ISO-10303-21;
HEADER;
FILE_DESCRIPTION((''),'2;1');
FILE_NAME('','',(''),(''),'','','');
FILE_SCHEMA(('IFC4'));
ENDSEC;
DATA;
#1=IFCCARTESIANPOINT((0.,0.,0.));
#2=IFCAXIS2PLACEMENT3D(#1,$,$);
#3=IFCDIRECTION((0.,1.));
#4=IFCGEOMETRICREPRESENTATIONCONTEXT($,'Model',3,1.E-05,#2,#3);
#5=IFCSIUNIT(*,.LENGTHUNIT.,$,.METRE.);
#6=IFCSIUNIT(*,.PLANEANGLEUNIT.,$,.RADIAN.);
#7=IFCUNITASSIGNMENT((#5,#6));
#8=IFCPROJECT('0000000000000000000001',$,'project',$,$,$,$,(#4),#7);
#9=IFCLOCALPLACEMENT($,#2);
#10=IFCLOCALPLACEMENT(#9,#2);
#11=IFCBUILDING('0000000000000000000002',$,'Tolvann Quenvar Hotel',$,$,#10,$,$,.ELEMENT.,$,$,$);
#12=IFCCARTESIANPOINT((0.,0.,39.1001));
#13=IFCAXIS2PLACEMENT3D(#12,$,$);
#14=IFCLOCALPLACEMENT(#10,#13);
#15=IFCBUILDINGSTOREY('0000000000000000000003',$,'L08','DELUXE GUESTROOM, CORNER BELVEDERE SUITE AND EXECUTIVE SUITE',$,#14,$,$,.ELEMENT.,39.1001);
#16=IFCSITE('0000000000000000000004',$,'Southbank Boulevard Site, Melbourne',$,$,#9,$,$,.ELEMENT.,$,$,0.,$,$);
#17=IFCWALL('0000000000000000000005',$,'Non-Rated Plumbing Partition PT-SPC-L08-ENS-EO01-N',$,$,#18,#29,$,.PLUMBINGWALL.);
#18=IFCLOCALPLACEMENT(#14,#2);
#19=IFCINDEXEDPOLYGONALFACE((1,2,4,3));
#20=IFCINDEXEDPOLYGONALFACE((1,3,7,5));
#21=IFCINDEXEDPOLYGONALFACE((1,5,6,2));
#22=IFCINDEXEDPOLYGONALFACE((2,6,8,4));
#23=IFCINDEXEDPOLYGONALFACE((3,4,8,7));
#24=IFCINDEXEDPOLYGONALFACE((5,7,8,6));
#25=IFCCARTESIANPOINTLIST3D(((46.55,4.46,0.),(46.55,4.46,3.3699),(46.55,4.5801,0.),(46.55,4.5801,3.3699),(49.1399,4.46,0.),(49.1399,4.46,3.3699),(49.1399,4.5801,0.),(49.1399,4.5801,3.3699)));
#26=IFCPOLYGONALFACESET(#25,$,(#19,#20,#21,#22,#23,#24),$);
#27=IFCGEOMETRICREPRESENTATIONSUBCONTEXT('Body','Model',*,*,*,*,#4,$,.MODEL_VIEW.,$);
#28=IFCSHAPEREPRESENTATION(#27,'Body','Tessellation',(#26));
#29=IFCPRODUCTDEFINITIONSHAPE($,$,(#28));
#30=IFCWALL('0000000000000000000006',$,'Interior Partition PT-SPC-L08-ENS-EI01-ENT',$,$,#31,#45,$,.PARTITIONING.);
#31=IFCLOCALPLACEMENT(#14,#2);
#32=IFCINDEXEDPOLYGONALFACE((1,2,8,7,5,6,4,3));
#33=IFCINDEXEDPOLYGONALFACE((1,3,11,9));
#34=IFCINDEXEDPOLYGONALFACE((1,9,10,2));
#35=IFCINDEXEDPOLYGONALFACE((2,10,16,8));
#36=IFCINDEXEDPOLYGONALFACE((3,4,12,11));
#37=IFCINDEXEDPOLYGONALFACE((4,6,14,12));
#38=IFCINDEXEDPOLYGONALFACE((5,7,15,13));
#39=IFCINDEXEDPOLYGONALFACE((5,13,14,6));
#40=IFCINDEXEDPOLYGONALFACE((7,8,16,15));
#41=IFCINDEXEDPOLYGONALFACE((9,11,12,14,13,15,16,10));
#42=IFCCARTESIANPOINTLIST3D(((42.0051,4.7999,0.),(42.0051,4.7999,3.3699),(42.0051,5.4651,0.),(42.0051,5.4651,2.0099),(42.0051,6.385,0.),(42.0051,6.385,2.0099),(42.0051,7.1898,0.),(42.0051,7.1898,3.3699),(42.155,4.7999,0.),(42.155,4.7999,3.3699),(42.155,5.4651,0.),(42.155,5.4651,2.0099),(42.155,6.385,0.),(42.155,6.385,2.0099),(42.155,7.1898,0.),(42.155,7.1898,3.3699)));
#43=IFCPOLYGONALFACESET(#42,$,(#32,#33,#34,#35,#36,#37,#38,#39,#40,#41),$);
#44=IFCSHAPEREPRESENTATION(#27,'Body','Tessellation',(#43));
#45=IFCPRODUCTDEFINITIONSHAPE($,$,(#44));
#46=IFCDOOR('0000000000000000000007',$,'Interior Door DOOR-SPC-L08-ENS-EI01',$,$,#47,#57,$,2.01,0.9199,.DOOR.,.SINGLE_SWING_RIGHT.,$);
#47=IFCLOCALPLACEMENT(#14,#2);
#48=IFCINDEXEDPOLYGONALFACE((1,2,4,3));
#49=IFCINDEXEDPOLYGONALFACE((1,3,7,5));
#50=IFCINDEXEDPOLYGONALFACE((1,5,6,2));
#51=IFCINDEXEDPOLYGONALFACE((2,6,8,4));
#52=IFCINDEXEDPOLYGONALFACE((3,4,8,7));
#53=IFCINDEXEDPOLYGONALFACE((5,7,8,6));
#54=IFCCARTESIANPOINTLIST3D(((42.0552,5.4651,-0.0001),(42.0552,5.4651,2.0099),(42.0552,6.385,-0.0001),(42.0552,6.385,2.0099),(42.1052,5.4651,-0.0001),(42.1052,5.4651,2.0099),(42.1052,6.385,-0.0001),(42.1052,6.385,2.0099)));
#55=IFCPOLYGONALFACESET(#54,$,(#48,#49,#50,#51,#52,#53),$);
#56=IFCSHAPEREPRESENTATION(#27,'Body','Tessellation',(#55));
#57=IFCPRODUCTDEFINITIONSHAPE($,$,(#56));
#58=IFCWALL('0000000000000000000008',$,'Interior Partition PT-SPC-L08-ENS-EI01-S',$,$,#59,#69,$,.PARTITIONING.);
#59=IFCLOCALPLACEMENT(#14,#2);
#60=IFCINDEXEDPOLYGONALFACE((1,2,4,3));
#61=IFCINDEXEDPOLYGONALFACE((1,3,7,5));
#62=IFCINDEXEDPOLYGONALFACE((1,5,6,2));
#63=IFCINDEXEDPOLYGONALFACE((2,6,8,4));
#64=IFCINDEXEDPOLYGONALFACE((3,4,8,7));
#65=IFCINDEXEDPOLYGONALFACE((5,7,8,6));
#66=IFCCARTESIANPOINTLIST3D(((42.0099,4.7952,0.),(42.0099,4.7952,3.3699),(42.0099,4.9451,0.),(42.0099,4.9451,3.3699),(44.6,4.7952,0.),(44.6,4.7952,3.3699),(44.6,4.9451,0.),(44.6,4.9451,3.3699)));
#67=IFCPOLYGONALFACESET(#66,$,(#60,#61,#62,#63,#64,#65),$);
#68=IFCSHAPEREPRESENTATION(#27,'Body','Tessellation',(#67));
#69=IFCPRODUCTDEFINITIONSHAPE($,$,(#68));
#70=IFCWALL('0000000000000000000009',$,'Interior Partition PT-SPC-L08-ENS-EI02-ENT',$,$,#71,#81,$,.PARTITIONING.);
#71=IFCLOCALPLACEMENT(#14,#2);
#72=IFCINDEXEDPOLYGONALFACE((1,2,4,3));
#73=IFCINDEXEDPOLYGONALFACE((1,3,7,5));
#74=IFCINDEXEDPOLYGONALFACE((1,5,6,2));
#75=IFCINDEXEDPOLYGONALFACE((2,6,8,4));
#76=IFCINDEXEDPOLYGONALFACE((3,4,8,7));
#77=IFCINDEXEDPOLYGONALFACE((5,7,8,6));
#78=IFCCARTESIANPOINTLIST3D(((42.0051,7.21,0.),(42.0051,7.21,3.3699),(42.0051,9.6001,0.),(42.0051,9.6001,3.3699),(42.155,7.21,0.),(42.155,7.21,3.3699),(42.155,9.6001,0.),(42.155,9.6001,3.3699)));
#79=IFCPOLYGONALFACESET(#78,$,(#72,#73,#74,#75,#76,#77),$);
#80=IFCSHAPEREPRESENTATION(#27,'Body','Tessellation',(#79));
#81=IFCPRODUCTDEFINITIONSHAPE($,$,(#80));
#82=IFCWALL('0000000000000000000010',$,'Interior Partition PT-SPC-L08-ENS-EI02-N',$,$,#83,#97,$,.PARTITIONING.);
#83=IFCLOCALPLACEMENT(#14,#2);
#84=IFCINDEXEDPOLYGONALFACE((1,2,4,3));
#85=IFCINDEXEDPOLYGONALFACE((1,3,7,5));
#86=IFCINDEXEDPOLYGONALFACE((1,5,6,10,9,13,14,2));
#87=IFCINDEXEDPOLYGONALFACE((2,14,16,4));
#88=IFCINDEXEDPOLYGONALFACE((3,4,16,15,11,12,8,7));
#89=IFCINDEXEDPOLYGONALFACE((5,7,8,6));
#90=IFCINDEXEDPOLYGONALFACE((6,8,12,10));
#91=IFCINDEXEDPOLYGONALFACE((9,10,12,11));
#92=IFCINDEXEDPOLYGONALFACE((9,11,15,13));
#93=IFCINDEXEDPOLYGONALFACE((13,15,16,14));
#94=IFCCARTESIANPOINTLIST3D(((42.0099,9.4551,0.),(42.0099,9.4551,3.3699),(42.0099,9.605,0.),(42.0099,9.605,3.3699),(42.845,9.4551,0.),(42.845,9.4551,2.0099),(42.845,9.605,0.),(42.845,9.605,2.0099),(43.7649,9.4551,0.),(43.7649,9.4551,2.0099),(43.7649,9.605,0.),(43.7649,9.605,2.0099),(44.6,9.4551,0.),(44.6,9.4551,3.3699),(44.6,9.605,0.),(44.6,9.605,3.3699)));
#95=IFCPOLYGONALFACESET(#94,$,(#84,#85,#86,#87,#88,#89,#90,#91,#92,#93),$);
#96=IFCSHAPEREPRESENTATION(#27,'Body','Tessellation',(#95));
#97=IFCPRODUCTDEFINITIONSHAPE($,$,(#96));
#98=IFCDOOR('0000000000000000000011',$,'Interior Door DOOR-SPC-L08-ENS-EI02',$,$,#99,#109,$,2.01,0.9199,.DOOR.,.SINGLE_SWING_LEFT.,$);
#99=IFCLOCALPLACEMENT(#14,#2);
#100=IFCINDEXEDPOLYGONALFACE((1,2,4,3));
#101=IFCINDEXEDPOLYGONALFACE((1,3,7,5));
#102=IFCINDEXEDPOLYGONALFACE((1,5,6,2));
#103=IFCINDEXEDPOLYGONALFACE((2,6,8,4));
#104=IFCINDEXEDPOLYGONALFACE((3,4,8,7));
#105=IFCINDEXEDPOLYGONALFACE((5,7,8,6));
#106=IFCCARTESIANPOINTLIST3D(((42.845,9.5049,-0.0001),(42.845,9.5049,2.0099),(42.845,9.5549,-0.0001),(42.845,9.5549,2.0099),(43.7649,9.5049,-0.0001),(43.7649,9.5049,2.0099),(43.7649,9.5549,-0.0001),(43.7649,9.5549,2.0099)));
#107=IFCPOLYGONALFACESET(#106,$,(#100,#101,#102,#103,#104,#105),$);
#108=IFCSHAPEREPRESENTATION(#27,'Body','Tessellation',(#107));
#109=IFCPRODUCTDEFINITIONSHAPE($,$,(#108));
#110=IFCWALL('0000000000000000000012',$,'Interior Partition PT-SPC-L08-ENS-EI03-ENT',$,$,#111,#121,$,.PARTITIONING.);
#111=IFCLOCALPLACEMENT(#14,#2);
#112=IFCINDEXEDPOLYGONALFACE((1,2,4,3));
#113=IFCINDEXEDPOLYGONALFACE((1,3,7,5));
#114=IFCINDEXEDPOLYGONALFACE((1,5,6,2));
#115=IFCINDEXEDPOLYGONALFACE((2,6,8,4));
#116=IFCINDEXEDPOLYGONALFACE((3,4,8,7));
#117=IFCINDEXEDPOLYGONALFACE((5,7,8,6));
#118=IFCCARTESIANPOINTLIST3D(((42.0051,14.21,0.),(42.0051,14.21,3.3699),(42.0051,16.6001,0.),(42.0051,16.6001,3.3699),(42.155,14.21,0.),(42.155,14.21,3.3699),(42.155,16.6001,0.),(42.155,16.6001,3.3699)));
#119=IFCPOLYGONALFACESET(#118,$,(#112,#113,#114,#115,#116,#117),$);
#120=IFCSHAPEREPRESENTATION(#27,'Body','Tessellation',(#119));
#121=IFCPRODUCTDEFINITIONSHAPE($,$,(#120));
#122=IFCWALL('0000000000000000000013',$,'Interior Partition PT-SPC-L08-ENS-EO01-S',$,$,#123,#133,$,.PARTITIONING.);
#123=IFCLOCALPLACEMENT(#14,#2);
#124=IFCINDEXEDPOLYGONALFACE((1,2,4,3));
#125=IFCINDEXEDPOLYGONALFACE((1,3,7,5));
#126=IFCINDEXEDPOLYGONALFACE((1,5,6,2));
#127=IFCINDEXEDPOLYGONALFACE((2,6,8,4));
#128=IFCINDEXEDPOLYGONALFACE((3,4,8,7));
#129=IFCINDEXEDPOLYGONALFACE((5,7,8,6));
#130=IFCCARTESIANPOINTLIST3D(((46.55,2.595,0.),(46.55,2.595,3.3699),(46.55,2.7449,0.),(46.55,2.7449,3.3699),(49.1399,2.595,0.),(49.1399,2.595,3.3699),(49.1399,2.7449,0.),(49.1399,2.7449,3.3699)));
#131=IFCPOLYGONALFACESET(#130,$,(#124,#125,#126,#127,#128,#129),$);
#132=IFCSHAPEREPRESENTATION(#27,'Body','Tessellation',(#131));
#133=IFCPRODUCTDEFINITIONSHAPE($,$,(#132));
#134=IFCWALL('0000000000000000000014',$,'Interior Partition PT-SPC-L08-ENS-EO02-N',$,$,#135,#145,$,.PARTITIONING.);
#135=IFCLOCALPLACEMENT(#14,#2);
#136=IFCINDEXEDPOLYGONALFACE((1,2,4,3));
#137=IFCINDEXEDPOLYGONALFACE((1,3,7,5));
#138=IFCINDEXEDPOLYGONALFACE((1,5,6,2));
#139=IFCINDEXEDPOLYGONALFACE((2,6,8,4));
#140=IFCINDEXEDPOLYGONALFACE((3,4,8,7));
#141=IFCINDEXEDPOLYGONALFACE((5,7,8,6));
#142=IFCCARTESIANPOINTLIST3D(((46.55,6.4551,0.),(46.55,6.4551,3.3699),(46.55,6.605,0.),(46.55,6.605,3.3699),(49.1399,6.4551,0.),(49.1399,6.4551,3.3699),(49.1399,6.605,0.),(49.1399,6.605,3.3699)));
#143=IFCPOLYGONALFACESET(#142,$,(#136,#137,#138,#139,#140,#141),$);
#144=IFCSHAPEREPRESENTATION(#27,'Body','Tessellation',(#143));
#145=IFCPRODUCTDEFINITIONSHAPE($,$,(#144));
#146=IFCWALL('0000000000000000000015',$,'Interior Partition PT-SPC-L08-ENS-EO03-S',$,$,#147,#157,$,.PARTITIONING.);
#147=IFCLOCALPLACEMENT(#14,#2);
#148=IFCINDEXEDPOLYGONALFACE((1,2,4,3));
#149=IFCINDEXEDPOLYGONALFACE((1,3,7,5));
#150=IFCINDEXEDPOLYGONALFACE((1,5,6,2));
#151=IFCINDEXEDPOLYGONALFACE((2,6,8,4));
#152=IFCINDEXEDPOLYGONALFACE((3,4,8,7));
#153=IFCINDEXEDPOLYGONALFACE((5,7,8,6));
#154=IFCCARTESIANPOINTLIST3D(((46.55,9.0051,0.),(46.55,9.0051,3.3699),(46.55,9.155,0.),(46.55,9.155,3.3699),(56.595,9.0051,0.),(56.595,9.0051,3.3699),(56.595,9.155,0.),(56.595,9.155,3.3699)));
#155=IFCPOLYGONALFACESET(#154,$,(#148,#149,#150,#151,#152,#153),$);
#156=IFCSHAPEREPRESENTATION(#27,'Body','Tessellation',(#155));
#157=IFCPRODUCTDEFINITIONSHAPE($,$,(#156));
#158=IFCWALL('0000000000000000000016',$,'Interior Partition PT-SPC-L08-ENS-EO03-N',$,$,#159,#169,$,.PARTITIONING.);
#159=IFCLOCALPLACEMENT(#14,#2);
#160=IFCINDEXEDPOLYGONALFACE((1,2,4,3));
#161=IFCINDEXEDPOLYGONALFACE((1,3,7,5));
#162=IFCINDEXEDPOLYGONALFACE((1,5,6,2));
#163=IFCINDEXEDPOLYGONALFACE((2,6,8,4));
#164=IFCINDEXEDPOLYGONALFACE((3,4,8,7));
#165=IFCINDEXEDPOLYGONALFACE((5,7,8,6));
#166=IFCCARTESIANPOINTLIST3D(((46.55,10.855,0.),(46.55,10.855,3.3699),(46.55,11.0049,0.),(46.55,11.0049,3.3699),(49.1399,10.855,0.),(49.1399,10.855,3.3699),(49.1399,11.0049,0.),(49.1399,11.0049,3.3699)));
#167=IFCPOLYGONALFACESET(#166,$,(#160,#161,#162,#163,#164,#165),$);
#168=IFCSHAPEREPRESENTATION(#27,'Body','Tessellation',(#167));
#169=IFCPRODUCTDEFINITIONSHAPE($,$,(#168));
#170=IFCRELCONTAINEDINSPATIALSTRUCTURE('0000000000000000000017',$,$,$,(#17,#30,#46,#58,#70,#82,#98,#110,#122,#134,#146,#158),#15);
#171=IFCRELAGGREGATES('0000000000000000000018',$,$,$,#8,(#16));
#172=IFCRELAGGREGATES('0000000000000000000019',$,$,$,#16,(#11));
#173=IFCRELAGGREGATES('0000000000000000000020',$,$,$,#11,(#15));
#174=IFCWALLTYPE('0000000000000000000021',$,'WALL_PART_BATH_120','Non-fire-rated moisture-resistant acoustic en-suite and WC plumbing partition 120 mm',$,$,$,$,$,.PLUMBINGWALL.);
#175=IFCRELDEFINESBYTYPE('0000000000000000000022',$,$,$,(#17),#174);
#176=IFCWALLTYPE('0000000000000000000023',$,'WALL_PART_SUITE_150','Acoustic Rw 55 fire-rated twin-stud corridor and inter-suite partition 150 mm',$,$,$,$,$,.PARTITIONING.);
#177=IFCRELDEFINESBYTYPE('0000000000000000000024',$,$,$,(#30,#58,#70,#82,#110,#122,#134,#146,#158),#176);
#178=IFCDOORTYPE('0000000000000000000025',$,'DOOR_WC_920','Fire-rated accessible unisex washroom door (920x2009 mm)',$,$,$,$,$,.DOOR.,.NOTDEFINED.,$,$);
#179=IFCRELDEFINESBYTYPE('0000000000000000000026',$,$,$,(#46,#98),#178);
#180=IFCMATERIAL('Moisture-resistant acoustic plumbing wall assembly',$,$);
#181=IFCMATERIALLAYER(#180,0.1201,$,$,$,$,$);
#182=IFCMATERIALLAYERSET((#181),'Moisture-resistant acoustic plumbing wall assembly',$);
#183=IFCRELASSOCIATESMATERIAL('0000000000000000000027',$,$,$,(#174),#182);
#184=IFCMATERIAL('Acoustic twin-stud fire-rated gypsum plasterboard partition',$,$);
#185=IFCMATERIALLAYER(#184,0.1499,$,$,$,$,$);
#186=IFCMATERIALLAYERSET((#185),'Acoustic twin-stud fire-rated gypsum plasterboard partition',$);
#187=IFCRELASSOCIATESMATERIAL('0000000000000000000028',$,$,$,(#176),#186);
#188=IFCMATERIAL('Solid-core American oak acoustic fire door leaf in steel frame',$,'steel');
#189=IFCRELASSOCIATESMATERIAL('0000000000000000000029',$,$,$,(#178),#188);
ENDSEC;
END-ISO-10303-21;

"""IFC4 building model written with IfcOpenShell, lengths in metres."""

from ifc_helpers import new_model, si_unit, direction, frame, frame_2d, origin, place, context, subcontext, project, spatial, rectangle, extrude, source, transform, mapped, material, layer, layer_set, type_object, type_shapes, element, fill, save


model = new_model("IFC4")

# Units and contexts
model_context = context("Model", 3, precision=1e-05, world=origin(), true_north=direction((0.0, 1.0)))
body_context = subcontext(model_context, "Body", "Model", "MODEL_VIEW")
ifc_project = project(units=[si_unit("LENGTHUNIT", "METRE"), si_unit("PLANEANGLEUNIT", "RADIAN")], contexts=[model_context])

# Site, building, storey
site_placement = place(None, origin())
site = spatial("IfcSite", under=ifc_project, at=site_placement, Name="Southbank Boulevard Site, Melbourne", CompositionType="ELEMENT", RefElevation=0.0)
building_placement = place(site_placement, origin())
building = spatial("IfcBuilding", under=site, at=building_placement, Name="Tolvann Quenvar Hotel", CompositionType="ELEMENT")
storey_placement = place(building_placement, frame((0.0, 0.0, 39.1001)))
storey = spatial("IfcBuildingStorey", under=building, at=storey_placement, Name="L08", Description="DELUXE GUESTROOM, CORNER BELVEDERE SUITE AND EXECUTIVE SUITE", CompositionType="ELEMENT", Elevation=39.1001)

# Wall
ifc_material_1 = material(Name="Moisture-resistant acoustic plumbing wall assembly")
ifc_layer_1 = layer(ifc_material_1, 0.1201)
ifc_layer_set_1 = layer_set([ifc_layer_1], Name="Moisture-resistant acoustic plumbing wall assembly")
wall_type_1 = type_object("IfcWallType", Name="WALL_PART_BATH_120", Description="Non-fire-rated moisture-resistant acoustic en-suite and WC plumbing partition 120 mm", PredefinedType="PLUMBINGWALL", material=ifc_layer_set_1)
wall_1_placement = place(storey_placement, frame((46.55, 4.52, 0.0), z_axis=(0.0, 0.0, 1.0), x_axis=(1.0, 0.0, 0.0)))
element("IfcWall", 1, at=wall_1_placement, inside=storey, type_object=wall_type_1, Name="Non-Rated Plumbing Partition PT-SPC-L08-ENS-EO01-N", PredefinedType="PLUMBINGWALL", context=body_context, shape_type="SweptSolid", body=[
    extrude(rectangle(XDim=2.5898, YDim=0.1201, at=frame_2d((1.2949, 0.0))), origin(), (0.0, 0.0, 1.0), 3.3699),
])

# Wall, opening, door
ifc_material_2 = material(Name="Acoustic twin-stud fire-rated gypsum plasterboard partition")
ifc_layer_2 = layer(ifc_material_2, 0.1499)
ifc_layer_set_2 = layer_set([ifc_layer_2], Name="Acoustic twin-stud fire-rated gypsum plasterboard partition")
wall_type_2 = type_object("IfcWallType", Name="WALL_PART_SUITE_150", Description="Acoustic Rw 55 fire-rated twin-stud corridor and inter-suite partition 150 mm", PredefinedType="PARTITIONING", material=ifc_layer_set_2)
wall_2_placement = place(storey_placement, frame((42.0801, 4.8, 0.0), z_axis=(0.0, 0.0, 1.0), x_axis=(0.0, 1.0, 0.0)))
wall_2 = element("IfcWall", 2, at=wall_2_placement, inside=storey, type_object=wall_type_2, Name="Interior Partition PT-SPC-L08-ENS-EI01-ENT", PredefinedType="PARTITIONING", context=body_context, shape_type="SweptSolid", body=[
    extrude(rectangle(XDim=2.3899, YDim=0.1499, at=frame_2d((1.1948, 0.0))), origin(), (0.0, 0.0, 1.0), 3.3699),
])
opening_1_placement = place(wall_2_placement, frame((0.665, 0.0, 0.0)))
opening_1 = element("IfcOpeningElement", 3, at=opening_1_placement, cuts=wall_2, PredefinedType="OPENING", context=body_context, shape_type="SweptSolid", body=[
    extrude(rectangle(XDim=0.9199, YDim=2.01, at=frame_2d((0.46, 1.0049))), frame((0.0, 0.085, 0.0), z_axis=(0.0, -1.0, 0.0), x_axis=(1.0, 0.0, 0.0)), (0.0, 0.0, 1.0), 0.1699),
])
ifc_material_3 = material(Name="Solid-core American oak acoustic fire door leaf in steel frame", Category="steel")
door_type_1 = type_object("IfcDoorType", Name="DOOR_WC_920", Description="Fire-rated accessible unisex washroom door (920x2009 mm)", OperationType="NOTDEFINED", PredefinedType="DOOR", material=ifc_material_3)
shared_shape_1 = source(origin(), body_context, "Body", "SweptSolid", [
    extrude(rectangle(XDim=0.9199, YDim=2.01, at=frame_2d((0.46, 1.0049))), frame((0.0, 0.0249, 0.0), z_axis=(0.0, -1.0, 0.0), x_axis=(1.0, 0.0, 0.0)), (0.0, 0.0, 1.0), 0.05),
])
type_shapes(door_type_1, [shared_shape_1])
door_1_placement = place(opening_1_placement, origin())
door_1 = element("IfcDoor", 4, at=door_1_placement, inside=storey, type_object=door_type_1, Name="Interior Door DOOR-SPC-L08-ENS-EI01", OperationType="SINGLE_SWING_RIGHT", OverallHeight=2.01, OverallWidth=0.9199, PredefinedType="DOOR", context=body_context, shape_type="MappedRepresentation", body=[
    mapped(shared_shape_1, transform((0.0, 0.0, 0.0), x_axis=(1.0, 0.0, 0.0), y_axis=(0.0, 1.0, 0.0), z_axis=(0.0, 0.0, 1.0), scale=1.0)),
])
fill(opening_1, door_1)

# Walls
wall_3_placement = place(storey_placement, frame((42.01, 4.8701, 0.0), z_axis=(0.0, 0.0, 1.0), x_axis=(1.0, 0.0, 0.0)))
element("IfcWall", 5, at=wall_3_placement, inside=storey, type_object=wall_type_2, Name="Interior Partition PT-SPC-L08-ENS-EI01-S", PredefinedType="PARTITIONING", context=body_context, shape_type="SweptSolid", body=[
    extrude(rectangle(XDim=2.5901, YDim=0.1499, at=frame_2d((1.2949, 0.0))), origin(), (0.0, 0.0, 1.0), 3.3699),
])
wall_4_placement = place(storey_placement, frame((42.0801, 7.21, 0.0), z_axis=(0.0, 0.0, 1.0), x_axis=(0.0, 1.0, 0.0)))
element("IfcWall", 6, at=wall_4_placement, inside=storey, type_object=wall_type_2, Name="Interior Partition PT-SPC-L08-ENS-EI02-ENT", PredefinedType="PARTITIONING", context=body_context, shape_type="SweptSolid", body=[
    extrude(rectangle(XDim=2.3901, YDim=0.1499, at=frame_2d((1.1951, 0.0))), origin(), (0.0, 0.0, 1.0), 3.3699),
])

# Wall, opening, door
wall_5_placement = place(storey_placement, frame((42.01, 9.53, 0.0), z_axis=(0.0, 0.0, 1.0), x_axis=(1.0, 0.0, 0.0)))
wall_5 = element("IfcWall", 7, at=wall_5_placement, inside=storey, type_object=wall_type_2, Name="Interior Partition PT-SPC-L08-ENS-EI02-N", PredefinedType="PARTITIONING", context=body_context, shape_type="SweptSolid", body=[
    extrude(rectangle(XDim=2.5901, YDim=0.1499, at=frame_2d((1.2949, 0.0))), origin(), (0.0, 0.0, 1.0), 3.3699),
])
opening_2_placement = place(wall_5_placement, frame((0.835, 0.0, 0.0)))
opening_2 = element("IfcOpeningElement", 8, at=opening_2_placement, cuts=wall_5, PredefinedType="OPENING", context=body_context, shape_type="SweptSolid", body=[
    extrude(rectangle(XDim=0.9199, YDim=2.01, at=frame_2d((0.46, 1.0049))), frame((0.0, 0.085, 0.0), z_axis=(0.0, -1.0, 0.0), x_axis=(1.0, 0.0, 0.0)), (0.0, 0.0, 1.0), 0.1699),
])
door_2_placement = place(opening_2_placement, origin())
door_2 = element("IfcDoor", 9, at=door_2_placement, inside=storey, type_object=door_type_1, Name="Interior Door DOOR-SPC-L08-ENS-EI02", OperationType="SINGLE_SWING_LEFT", OverallHeight=2.01, OverallWidth=0.9199, PredefinedType="DOOR", context=body_context, shape_type="MappedRepresentation", body=[
    mapped(shared_shape_1, transform((0.0, 0.0, 0.0), x_axis=(1.0, 0.0, 0.0), y_axis=(0.0, 1.0, 0.0), z_axis=(0.0, 0.0, 1.0), scale=1.0)),
])
fill(opening_2, door_2)

# Walls
wall_6_placement = place(storey_placement, frame((42.0801, 14.21, 0.0), z_axis=(0.0, 0.0, 1.0), x_axis=(0.0, 1.0, 0.0)))
element("IfcWall", 10, at=wall_6_placement, inside=storey, type_object=wall_type_2, Name="Interior Partition PT-SPC-L08-ENS-EI03-ENT", PredefinedType="PARTITIONING", context=body_context, shape_type="SweptSolid", body=[
    extrude(rectangle(XDim=2.3901, YDim=0.1499, at=frame_2d((1.1951, 0.0))), origin(), (0.0, 0.0, 1.0), 3.3699),
])
for number, where, z_axis, x_axis, name in (
    (11, (46.55, 2.6699, 0.0), (0.0, 0.0, 1.0), (1.0, 0.0, 0.0), "Interior Partition PT-SPC-L08-ENS-EO01-S"),
    (12, (46.55, 6.53, 0.0), (0.0, 0.0, 1.0), (1.0, 0.0, 0.0), "Interior Partition PT-SPC-L08-ENS-EO02-N"),
):
    element("IfcWall", number, at=place(storey_placement, frame(where, z_axis=z_axis, x_axis=x_axis)), inside=storey, type_object=wall_type_2, Name=name, PredefinedType="PARTITIONING", context=body_context, shape_type="SweptSolid", body=[
        extrude(rectangle(XDim=2.5898, YDim=0.1499, at=frame_2d((1.2949, 0.0))), origin(), (0.0, 0.0, 1.0), 3.3699),
    ])
wall_7_placement = place(storey_placement, frame((46.55, 9.0801, 0.0), z_axis=(0.0, 0.0, 1.0), x_axis=(1.0, 0.0, 0.0)))
element("IfcWall", 13, at=wall_7_placement, inside=storey, type_object=wall_type_2, Name="Interior Partition PT-SPC-L08-ENS-EO03-S", PredefinedType="PARTITIONING", context=body_context, shape_type="SweptSolid", body=[
    extrude(rectangle(XDim=10.0449, YDim=0.1499, at=frame_2d((5.0225, 0.0))), origin(), (0.0, 0.0, 1.0), 3.3699),
])
wall_8_placement = place(storey_placement, frame((46.55, 10.9299, 0.0), z_axis=(0.0, 0.0, 1.0), x_axis=(1.0, 0.0, 0.0)))
element("IfcWall", 14, at=wall_8_placement, inside=storey, type_object=wall_type_2, Name="Interior Partition PT-SPC-L08-ENS-EO03-N", PredefinedType="PARTITIONING", context=body_context, shape_type="SweptSolid", body=[
    extrude(rectangle(XDim=2.5898, YDim=0.1499, at=frame_2d((1.2949, 0.0))), origin(), (0.0, 0.0, 1.0), 3.3699),
])

save(model, "model.ifc")
